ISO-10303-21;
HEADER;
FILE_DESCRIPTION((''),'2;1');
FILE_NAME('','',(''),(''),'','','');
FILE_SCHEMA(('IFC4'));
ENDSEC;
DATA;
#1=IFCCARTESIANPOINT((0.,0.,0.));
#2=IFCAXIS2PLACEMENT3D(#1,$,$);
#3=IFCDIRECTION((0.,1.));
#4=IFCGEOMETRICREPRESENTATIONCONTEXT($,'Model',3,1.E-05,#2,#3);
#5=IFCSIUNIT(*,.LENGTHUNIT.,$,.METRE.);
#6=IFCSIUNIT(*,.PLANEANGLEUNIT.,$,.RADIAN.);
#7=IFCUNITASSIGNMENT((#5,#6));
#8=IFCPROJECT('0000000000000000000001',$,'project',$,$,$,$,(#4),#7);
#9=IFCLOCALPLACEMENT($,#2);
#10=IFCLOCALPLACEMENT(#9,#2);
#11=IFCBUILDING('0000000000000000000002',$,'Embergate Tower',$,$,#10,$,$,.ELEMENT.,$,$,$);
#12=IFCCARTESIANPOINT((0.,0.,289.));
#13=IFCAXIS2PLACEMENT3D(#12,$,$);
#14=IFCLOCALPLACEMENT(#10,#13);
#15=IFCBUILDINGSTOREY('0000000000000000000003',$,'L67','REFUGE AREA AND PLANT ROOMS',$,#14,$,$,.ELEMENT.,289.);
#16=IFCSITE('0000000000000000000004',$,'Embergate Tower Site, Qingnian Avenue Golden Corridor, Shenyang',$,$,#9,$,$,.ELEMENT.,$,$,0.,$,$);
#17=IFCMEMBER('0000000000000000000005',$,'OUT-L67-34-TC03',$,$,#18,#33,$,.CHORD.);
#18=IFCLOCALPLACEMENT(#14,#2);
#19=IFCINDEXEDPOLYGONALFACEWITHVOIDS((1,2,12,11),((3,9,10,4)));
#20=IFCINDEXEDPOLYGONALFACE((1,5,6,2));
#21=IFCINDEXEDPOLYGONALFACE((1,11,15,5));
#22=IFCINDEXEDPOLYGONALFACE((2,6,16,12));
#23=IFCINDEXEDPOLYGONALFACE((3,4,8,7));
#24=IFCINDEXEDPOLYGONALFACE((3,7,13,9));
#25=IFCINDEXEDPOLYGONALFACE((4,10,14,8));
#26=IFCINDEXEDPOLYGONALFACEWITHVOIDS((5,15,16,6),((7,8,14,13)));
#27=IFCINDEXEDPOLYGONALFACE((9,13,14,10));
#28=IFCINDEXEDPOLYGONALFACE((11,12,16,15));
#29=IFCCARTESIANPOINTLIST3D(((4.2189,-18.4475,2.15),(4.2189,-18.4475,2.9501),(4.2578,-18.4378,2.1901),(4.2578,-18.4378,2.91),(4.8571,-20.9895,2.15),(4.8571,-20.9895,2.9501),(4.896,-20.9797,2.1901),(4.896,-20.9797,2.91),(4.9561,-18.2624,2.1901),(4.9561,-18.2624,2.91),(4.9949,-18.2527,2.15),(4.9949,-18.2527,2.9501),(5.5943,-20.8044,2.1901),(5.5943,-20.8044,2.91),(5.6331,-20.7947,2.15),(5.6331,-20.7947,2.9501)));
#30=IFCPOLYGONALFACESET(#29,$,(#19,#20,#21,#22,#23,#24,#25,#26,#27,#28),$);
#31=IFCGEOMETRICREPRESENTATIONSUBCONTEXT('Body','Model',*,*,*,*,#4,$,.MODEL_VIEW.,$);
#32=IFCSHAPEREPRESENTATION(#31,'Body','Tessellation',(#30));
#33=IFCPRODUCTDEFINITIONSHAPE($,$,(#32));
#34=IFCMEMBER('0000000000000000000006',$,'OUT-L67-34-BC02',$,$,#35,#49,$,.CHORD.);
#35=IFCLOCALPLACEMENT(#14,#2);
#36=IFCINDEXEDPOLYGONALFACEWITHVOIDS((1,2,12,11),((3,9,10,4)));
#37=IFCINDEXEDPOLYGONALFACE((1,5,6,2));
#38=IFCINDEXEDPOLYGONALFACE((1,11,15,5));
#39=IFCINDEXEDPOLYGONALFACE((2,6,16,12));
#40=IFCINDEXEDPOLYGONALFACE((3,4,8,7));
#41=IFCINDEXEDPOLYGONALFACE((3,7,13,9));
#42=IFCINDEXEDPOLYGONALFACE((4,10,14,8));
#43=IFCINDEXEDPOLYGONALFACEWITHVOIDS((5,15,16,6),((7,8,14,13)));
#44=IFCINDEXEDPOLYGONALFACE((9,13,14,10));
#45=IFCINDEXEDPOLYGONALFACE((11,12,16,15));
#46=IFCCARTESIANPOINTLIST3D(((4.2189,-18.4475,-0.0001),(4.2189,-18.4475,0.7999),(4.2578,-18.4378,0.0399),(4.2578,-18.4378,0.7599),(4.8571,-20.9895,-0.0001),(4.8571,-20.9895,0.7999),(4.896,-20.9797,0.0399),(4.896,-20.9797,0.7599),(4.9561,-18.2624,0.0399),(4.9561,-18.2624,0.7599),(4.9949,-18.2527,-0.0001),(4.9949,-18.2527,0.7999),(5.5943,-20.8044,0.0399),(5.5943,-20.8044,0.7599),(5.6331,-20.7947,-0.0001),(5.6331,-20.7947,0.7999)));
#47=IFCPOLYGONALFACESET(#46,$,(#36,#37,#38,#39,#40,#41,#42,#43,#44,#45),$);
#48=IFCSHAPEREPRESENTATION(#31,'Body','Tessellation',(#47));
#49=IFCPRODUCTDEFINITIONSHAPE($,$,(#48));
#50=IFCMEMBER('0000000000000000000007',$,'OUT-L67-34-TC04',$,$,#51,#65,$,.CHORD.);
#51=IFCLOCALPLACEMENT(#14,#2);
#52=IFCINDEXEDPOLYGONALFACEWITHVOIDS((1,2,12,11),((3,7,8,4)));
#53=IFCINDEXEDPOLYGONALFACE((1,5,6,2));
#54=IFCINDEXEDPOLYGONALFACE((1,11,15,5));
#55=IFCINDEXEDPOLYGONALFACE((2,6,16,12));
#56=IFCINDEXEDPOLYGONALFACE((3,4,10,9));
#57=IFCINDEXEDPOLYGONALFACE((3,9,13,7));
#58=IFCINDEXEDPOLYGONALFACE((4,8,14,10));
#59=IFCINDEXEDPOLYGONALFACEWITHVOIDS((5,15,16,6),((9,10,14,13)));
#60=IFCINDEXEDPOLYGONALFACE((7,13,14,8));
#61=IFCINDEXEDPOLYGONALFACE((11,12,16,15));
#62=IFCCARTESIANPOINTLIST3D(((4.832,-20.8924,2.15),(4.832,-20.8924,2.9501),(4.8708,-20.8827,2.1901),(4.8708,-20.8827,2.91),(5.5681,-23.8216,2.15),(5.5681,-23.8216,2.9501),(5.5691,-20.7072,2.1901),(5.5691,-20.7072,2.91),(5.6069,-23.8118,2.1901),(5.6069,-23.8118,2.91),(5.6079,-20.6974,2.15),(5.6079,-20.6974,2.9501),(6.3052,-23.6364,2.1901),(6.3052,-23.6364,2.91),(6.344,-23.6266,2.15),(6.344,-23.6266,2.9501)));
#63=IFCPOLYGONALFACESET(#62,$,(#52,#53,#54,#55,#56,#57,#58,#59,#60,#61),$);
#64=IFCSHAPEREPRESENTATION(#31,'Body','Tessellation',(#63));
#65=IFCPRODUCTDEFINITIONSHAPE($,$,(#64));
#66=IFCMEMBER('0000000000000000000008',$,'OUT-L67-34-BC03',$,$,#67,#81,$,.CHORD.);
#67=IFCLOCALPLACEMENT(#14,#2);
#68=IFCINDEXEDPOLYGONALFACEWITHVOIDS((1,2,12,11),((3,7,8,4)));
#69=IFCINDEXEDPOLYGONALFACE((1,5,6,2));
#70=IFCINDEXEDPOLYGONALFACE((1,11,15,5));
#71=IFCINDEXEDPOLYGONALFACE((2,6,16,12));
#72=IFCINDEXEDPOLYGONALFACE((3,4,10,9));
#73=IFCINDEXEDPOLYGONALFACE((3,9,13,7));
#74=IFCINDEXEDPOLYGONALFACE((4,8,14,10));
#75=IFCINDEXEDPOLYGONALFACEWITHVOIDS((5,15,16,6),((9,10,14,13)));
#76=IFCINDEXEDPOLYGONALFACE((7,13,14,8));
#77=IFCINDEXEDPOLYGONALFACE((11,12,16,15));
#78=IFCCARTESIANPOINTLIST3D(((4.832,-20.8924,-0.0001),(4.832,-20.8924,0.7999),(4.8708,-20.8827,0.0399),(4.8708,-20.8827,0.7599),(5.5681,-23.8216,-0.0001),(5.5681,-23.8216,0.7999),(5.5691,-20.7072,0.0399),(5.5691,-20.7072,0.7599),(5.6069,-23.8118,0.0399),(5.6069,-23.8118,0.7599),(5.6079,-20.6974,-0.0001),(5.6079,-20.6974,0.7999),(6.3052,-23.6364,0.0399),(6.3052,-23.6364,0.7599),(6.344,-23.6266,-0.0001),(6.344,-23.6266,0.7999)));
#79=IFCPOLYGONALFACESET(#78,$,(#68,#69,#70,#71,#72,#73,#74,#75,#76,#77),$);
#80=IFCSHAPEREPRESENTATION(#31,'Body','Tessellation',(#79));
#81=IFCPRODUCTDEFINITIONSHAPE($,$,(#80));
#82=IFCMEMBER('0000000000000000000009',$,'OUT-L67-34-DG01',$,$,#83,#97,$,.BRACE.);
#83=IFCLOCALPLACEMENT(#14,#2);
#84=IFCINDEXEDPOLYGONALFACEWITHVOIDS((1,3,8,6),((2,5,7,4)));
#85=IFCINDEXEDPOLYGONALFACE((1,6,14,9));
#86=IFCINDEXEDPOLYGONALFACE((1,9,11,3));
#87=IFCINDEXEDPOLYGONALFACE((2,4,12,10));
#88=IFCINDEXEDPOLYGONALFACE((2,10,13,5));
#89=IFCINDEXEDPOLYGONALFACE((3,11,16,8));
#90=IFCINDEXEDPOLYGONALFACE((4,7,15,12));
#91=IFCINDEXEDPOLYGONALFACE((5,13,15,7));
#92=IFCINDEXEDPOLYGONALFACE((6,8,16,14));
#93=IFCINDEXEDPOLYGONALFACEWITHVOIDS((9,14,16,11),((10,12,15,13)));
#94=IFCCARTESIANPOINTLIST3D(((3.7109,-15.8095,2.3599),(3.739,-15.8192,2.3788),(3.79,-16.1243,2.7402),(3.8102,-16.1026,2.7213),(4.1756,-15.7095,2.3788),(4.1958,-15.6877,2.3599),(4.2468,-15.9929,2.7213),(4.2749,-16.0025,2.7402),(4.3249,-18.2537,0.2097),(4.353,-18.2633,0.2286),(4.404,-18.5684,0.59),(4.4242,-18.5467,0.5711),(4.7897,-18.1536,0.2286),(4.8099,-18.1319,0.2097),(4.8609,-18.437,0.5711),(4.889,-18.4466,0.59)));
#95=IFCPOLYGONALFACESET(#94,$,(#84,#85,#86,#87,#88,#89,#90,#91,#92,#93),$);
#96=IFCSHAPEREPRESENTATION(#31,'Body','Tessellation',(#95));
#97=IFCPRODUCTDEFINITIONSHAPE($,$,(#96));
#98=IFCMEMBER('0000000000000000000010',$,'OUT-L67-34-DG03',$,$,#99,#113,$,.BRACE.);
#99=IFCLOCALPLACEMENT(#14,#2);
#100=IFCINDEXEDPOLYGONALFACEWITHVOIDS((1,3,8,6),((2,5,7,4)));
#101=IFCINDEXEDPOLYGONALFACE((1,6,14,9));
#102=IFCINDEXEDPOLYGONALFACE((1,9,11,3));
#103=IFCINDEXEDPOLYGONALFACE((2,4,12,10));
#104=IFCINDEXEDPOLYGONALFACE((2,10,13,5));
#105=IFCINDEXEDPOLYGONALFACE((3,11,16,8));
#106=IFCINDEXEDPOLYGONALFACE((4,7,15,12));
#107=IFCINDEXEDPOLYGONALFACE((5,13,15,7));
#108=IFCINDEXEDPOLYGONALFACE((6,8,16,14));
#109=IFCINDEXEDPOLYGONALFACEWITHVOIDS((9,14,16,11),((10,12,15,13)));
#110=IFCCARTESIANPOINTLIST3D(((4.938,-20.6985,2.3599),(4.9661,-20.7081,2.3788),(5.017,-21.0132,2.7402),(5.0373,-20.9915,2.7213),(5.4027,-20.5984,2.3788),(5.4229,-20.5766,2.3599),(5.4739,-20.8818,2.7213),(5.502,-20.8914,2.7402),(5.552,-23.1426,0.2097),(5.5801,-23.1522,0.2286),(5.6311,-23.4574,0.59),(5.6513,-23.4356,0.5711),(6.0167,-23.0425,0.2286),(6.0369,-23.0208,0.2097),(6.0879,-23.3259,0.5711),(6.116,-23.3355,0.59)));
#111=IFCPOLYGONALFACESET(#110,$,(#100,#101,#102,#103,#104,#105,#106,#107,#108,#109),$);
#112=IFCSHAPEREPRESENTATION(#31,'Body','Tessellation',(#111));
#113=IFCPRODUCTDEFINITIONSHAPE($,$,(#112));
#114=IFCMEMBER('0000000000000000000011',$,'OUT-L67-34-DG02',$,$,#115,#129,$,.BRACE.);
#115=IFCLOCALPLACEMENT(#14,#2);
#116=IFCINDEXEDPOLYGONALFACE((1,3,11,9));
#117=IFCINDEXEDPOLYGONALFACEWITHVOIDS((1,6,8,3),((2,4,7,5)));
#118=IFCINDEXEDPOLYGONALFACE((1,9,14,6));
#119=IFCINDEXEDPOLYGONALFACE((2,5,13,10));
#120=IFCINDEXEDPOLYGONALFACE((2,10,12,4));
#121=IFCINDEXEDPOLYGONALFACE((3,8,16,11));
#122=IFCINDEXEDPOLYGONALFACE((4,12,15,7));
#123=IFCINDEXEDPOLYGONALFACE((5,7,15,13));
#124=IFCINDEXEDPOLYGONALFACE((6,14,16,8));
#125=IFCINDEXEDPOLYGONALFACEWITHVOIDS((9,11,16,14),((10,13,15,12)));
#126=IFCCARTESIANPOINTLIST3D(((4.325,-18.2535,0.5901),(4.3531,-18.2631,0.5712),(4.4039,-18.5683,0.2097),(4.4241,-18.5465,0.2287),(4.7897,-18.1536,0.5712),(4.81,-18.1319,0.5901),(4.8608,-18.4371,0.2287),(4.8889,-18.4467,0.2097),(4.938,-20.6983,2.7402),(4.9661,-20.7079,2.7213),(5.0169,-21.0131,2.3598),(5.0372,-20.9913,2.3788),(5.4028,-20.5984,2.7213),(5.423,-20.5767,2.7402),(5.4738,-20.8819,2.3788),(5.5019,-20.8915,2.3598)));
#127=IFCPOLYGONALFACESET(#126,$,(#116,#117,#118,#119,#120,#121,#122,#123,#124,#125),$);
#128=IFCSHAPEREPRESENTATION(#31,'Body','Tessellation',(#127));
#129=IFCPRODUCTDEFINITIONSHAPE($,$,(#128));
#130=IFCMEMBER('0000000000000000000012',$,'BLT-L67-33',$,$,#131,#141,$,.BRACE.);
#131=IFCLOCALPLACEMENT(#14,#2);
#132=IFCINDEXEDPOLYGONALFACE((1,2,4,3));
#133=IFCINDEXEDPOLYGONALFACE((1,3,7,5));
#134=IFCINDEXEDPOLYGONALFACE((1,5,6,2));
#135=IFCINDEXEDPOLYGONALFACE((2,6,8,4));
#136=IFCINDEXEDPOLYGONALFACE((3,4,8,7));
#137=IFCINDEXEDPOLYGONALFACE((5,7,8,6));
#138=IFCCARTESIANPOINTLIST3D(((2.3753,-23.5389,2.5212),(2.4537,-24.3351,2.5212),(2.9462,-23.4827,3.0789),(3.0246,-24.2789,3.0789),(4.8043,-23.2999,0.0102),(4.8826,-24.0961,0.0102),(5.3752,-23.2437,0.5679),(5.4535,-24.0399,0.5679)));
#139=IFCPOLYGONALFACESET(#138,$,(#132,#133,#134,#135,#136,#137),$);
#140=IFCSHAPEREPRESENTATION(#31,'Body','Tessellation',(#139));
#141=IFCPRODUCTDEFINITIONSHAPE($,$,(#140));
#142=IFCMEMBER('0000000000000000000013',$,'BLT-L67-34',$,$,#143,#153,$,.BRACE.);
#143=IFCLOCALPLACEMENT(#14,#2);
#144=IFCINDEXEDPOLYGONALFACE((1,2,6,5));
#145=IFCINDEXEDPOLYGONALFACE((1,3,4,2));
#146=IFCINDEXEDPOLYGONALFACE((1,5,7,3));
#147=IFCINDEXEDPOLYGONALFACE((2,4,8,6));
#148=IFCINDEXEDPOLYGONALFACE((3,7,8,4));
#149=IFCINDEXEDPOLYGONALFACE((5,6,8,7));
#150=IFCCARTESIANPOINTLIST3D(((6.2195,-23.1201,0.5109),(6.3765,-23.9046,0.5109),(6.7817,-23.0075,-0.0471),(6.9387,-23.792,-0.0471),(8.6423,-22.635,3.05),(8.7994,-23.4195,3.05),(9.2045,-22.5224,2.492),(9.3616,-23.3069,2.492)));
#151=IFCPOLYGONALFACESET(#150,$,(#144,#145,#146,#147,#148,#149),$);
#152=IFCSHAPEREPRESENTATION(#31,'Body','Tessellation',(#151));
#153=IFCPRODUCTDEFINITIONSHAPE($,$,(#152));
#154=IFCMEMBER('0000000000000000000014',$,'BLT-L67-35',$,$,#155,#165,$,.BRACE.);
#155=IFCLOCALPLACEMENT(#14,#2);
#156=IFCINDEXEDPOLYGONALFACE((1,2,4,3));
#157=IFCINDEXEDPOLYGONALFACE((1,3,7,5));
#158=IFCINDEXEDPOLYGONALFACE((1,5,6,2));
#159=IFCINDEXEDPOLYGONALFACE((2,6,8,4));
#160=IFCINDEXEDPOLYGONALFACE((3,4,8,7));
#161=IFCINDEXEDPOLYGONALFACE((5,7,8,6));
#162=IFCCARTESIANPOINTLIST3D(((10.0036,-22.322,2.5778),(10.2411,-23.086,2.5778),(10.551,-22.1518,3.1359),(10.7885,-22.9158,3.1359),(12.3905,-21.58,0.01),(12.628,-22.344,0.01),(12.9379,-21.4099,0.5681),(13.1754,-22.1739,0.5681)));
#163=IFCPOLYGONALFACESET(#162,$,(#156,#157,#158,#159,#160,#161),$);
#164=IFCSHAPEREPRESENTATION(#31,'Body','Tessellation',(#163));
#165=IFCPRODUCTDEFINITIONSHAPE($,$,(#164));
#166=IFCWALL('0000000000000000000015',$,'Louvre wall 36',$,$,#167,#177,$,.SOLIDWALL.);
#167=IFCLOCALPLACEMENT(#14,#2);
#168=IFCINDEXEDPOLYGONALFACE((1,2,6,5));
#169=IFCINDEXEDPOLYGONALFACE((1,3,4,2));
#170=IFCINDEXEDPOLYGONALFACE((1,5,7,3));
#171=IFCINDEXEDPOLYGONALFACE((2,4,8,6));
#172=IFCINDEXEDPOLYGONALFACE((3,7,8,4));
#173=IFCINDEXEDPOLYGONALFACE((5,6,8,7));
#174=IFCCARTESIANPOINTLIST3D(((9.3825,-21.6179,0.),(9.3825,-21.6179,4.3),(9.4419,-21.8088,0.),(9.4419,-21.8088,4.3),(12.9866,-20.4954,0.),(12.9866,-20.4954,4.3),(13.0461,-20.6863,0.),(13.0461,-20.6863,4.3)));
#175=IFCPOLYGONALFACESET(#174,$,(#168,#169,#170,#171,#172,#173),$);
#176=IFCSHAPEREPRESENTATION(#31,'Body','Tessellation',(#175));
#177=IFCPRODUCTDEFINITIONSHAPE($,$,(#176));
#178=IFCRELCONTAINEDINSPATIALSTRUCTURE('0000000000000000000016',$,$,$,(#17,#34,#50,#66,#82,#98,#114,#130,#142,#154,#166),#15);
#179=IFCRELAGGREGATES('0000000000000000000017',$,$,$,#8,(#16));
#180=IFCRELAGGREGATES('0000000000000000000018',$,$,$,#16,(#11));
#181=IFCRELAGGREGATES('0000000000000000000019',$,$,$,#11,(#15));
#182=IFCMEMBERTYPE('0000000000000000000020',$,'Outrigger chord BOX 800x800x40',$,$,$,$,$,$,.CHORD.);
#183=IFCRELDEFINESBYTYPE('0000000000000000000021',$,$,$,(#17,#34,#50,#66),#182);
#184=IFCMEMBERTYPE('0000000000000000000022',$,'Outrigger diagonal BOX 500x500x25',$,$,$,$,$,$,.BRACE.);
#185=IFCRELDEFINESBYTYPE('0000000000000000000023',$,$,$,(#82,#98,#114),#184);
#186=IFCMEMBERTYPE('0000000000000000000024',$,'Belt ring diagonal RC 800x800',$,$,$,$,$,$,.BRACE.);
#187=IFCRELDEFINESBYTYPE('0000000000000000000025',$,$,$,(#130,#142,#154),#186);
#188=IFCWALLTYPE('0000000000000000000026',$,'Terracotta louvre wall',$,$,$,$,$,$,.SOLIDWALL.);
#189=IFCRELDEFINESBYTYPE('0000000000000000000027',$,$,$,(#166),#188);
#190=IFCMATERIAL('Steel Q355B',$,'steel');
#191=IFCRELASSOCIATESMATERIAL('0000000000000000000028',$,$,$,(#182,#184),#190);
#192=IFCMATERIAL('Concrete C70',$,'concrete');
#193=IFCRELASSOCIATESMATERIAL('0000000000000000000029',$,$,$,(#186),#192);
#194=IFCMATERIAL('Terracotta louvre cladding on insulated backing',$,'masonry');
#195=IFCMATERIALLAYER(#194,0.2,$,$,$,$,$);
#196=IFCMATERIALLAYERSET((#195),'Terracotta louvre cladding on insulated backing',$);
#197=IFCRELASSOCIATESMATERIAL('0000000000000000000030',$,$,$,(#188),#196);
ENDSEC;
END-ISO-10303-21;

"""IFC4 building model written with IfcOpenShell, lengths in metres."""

from ifc_helpers import new_model, si_unit, direction, frame, frame_2d, origin, origin_2d, place, context, subcontext, project, spatial, rectangle, hollow_rectangle, extrude, source, transform, mapped, material, layer, layer_set, material_profile, profile_set, type_object, element, save


model = new_model("IFC4")

# Units and contexts
model_context = context("Model", 3, precision=1e-05, world=origin(), true_north=direction((0.0, 1.0)))
body_context = subcontext(model_context, "Body", "Model", "MODEL_VIEW")
ifc_project = project(units=[si_unit("LENGTHUNIT", "METRE"), si_unit("PLANEANGLEUNIT", "RADIAN")], contexts=[model_context])

# Site, building, storey
site_placement = place(None, origin())
site = spatial("IfcSite", under=ifc_project, at=site_placement, Name="Embergate Tower Site, Qingnian Avenue Golden Corridor, Shenyang", CompositionType="ELEMENT", RefElevation=0.0)
building_placement = place(site_placement, origin())
building = spatial("IfcBuilding", under=site, at=building_placement, Name="Embergate Tower", CompositionType="ELEMENT")
storey_placement = place(building_placement, frame((0.0, 0.0, 289.0)))
storey = spatial("IfcBuildingStorey", under=building, at=storey_placement, Name="L67", Description="REFUGE AREA AND PLANT ROOMS", CompositionType="ELEMENT", Elevation=289.0)

# Shared definitions
ifc_material_1 = material(Name="Steel Q355B", Category="steel")

# Members
ifc_material_profile_1 = material_profile(ifc_material_1, hollow_rectangle(XDim=0.8, YDim=0.8, WallThickness=0.04, at=origin_2d()), Name="BOX 800x800x40")
ifc_profile_set_1 = profile_set([ifc_material_profile_1], Name="Steel Q355 grade B")
member_type_1 = type_object("IfcMemberType", Name="Outrigger chord BOX 800x800x40", PredefinedType="CHORD", material=ifc_profile_set_1)
shared_shape_1 = source(origin(), body_context, "Body", "SweptSolid", [
    extrude(hollow_rectangle(XDim=0.8, YDim=0.8, WallThickness=0.04, at=origin_2d()), origin(), (0.0, 0.0, 1.0), 2.6208),
])
for number, where, z_axis, x_axis, name in (
    (1, (4.6069, -18.3501, 2.55), (0.2435, -0.969901, 0.0), (0.969901, 0.2435, 0.0), "OUT-L67-34-TC03"),
    (2, (4.6069, -18.3501, 0.3999), (0.2435, -0.969901, 0.0), (0.969901, 0.2435, 0.0), "OUT-L67-34-BC02"),
):
    element("IfcMember", number, at=place(storey_placement, frame(where, z_axis=z_axis, x_axis=x_axis)), inside=storey, type_object=member_type_1, Name=name, PredefinedType="CHORD", context=body_context, shape_type="MappedRepresentation", body=[
        mapped(shared_shape_1, transform((0.0, 0.0, 0.0))),
    ])
shared_shape_2 = source(origin(), body_context, "Body", "SweptSolid", [
    extrude(hollow_rectangle(XDim=0.8, YDim=0.8, WallThickness=0.04, at=origin_2d()), origin(), (0.0, 0.0, 1.0), 3.0203),
])
for number, where, z_axis, x_axis, name in (
    (3, (5.22, -20.7949, 2.55), (0.243715, -0.969847, 0.0), (0.969847, 0.243715, 0.0), "OUT-L67-34-TC04"),
    (4, (5.22, -20.7949, 0.3999), (0.243715, -0.969847, 0.0), (0.969847, 0.243715, 0.0), "OUT-L67-34-BC03"),
):
    element("IfcMember", number, at=place(storey_placement, frame(where, z_axis=z_axis, x_axis=x_axis)), inside=storey, type_object=member_type_1, Name=name, PredefinedType="CHORD", context=body_context, shape_type="MappedRepresentation", body=[
        mapped(shared_shape_2, transform((0.0, 0.0, 0.0))),
    ])
ifc_material_profile_2 = material_profile(ifc_material_1, hollow_rectangle(XDim=0.5, YDim=0.5, WallThickness=0.0249, at=origin_2d()), Name="BOX 500x500x25")
ifc_profile_set_2 = profile_set([ifc_material_profile_2], Name="Steel Q355 grade B")
member_type_2 = type_object("IfcMemberType", Name="Outrigger diagonal BOX 500x500x25", PredefinedType="BRACE", material=ifc_profile_set_2)
shared_shape_3 = source(origin(), body_context, "Body", "SweptSolid", [
    extrude(hollow_rectangle(XDim=0.5, YDim=0.5, WallThickness=0.0249, at=origin_2d()), origin(), (0.0, 0.0, 1.0), 3.3127),
])
for number, where, z_axis, x_axis, name in (
    (5, (3.9929, -15.906, 2.55), (0.185354, -0.737803, -0.649069), (0.969863, 0.243652, 0.0), "OUT-L67-34-DG01"),
    (6, (5.22, -20.7949, 2.55), (0.185354, -0.737803, -0.649069), (0.969863, 0.243652, 0.0), "OUT-L67-34-DG03"),
):
    element("IfcMember", number, at=place(storey_placement, frame(where, z_axis=z_axis, x_axis=x_axis)), inside=storey, type_object=member_type_2, Name=name, PredefinedType="BRACE", context=body_context, shape_type="MappedRepresentation", body=[
        mapped(shared_shape_3, transform((0.0, 0.0, 0.0))),
    ])
shared_shape_4 = source(origin(), body_context, "Body", "SweptSolid", [
    extrude(hollow_rectangle(XDim=0.5, YDim=0.5, WallThickness=0.0249, at=origin_2d()), origin(), (0.0, 0.0, 1.0), 3.313),
])
member_1_placement = place(storey_placement, frame((4.6069, -18.3501, 0.3999), z_axis=(0.185039, -0.737944, 0.648999), x_axis=(0.969971, 0.243219, 0.0)))
element("IfcMember", 7, at=member_1_placement, inside=storey, type_object=member_type_2, Name="OUT-L67-34-DG02", PredefinedType="BRACE", context=body_context, shape_type="MappedRepresentation", body=[
    mapped(shared_shape_4, transform((0.0, 0.0, 0.0))),
])
ifc_material_2 = material(Name="Concrete C70", Category="concrete")
ifc_material_profile_3 = material_profile(ifc_material_2, rectangle(XDim=0.8, YDim=0.8, at=origin_2d()), Name="RC 800x800")
ifc_profile_set_3 = profile_set([ifc_material_profile_3], Name="Concrete C70")
member_type_3 = type_object("IfcMemberType", Name="Belt ring diagonal RC 800x800", PredefinedType="BRACE", material=ifc_profile_set_3)
shared_shape_5 = source(origin(), body_context, "Body", "SweptSolid", [
    extrude(rectangle(XDim=0.8, YDim=0.8, at=origin_2d()), origin(), (0.0, 0.0, 1.0), 3.5017),
])
member_2_placement = place(storey_placement, frame((5.1289, -23.6699, 0.2891), z_axis=(-0.693647, -0.068256, 0.717073), x_axis=(0.097929, -0.995193, 0.0)))
element("IfcMember", 8, at=member_2_placement, inside=storey, type_object=member_type_3, Name="BLT-L67-33", PredefinedType="BRACE", context=body_context, shape_type="MappedRepresentation", body=[
    mapped(shared_shape_5, transform((0.0, 0.0, 0.0))),
])
shared_shape_6 = source(origin(), body_context, "Body", "SweptSolid", [
    extrude(rectangle(XDim=0.8, YDim=0.8, at=origin_2d()), origin(), (0.0, 0.0, 1.0), 3.543),
])
member_3_placement = place(storey_placement, frame((6.5791, -23.4561, 0.2319), z_axis=(0.683855, 0.136923, 0.716655), x_axis=(-0.196325, 0.980539, 0.0)))
element("IfcMember", 9, at=member_3_placement, inside=storey, type_object=member_type_3, Name="BLT-L67-34", PredefinedType="BRACE", context=body_context, shape_type="MappedRepresentation", body=[
    mapped(shared_shape_6, transform((0.0, 0.0, 0.0))),
])
shared_shape_7 = source(origin(), body_context, "Body", "SweptSolid", [
    extrude(rectangle(XDim=0.8, YDim=0.8, at=origin_2d()), origin(), (0.0, 0.0, 1.0), 3.5835),
])
member_4_placement = place(storey_placement, frame((12.783, -21.877, 0.2891), z_axis=(-0.666084, -0.20704, 0.716566), x_axis=(0.296823, -0.954932, 0.0)))
element("IfcMember", 10, at=member_4_placement, inside=storey, type_object=member_type_3, Name="BLT-L67-35", PredefinedType="BRACE", context=body_context, shape_type="MappedRepresentation", body=[
    mapped(shared_shape_7, transform((0.0, 0.0, 0.0))),
])

# Wall
ifc_material_3 = material(Name="Terracotta louvre cladding on insulated backing", Category="masonry")
ifc_layer_1 = layer(ifc_material_3, 0.2)
ifc_layer_set_1 = layer_set([ifc_layer_1], Name="Terracotta louvre cladding on insulated backing")
wall_type_1 = type_object("IfcWallType", Name="Terracotta louvre wall", PredefinedType="SOLIDWALL", material=ifc_layer_set_1)
shared_shape_8 = source(origin(), body_context, "Body", "SweptSolid", [
    extrude(rectangle(XDim=3.7749, YDim=0.2, at=frame_2d((1.8875, 0.0))), origin(), (0.0, 0.0, 1.0), 4.3),
])
wall_1_placement = place(storey_placement, frame((13.0164, -20.5908, 0.0), z_axis=(0.0, 0.0, 1.0), x_axis=(-0.954764, -0.297365, 0.0)))
element("IfcWall", 11, at=wall_1_placement, inside=storey, type_object=wall_type_1, Name="Louvre wall 36", PredefinedType="SOLIDWALL", context=body_context, shape_type="MappedRepresentation", body=[
    mapped(shared_shape_8, transform((0.0, 0.0, 0.0))),
])

save(model, "model.ifc")
